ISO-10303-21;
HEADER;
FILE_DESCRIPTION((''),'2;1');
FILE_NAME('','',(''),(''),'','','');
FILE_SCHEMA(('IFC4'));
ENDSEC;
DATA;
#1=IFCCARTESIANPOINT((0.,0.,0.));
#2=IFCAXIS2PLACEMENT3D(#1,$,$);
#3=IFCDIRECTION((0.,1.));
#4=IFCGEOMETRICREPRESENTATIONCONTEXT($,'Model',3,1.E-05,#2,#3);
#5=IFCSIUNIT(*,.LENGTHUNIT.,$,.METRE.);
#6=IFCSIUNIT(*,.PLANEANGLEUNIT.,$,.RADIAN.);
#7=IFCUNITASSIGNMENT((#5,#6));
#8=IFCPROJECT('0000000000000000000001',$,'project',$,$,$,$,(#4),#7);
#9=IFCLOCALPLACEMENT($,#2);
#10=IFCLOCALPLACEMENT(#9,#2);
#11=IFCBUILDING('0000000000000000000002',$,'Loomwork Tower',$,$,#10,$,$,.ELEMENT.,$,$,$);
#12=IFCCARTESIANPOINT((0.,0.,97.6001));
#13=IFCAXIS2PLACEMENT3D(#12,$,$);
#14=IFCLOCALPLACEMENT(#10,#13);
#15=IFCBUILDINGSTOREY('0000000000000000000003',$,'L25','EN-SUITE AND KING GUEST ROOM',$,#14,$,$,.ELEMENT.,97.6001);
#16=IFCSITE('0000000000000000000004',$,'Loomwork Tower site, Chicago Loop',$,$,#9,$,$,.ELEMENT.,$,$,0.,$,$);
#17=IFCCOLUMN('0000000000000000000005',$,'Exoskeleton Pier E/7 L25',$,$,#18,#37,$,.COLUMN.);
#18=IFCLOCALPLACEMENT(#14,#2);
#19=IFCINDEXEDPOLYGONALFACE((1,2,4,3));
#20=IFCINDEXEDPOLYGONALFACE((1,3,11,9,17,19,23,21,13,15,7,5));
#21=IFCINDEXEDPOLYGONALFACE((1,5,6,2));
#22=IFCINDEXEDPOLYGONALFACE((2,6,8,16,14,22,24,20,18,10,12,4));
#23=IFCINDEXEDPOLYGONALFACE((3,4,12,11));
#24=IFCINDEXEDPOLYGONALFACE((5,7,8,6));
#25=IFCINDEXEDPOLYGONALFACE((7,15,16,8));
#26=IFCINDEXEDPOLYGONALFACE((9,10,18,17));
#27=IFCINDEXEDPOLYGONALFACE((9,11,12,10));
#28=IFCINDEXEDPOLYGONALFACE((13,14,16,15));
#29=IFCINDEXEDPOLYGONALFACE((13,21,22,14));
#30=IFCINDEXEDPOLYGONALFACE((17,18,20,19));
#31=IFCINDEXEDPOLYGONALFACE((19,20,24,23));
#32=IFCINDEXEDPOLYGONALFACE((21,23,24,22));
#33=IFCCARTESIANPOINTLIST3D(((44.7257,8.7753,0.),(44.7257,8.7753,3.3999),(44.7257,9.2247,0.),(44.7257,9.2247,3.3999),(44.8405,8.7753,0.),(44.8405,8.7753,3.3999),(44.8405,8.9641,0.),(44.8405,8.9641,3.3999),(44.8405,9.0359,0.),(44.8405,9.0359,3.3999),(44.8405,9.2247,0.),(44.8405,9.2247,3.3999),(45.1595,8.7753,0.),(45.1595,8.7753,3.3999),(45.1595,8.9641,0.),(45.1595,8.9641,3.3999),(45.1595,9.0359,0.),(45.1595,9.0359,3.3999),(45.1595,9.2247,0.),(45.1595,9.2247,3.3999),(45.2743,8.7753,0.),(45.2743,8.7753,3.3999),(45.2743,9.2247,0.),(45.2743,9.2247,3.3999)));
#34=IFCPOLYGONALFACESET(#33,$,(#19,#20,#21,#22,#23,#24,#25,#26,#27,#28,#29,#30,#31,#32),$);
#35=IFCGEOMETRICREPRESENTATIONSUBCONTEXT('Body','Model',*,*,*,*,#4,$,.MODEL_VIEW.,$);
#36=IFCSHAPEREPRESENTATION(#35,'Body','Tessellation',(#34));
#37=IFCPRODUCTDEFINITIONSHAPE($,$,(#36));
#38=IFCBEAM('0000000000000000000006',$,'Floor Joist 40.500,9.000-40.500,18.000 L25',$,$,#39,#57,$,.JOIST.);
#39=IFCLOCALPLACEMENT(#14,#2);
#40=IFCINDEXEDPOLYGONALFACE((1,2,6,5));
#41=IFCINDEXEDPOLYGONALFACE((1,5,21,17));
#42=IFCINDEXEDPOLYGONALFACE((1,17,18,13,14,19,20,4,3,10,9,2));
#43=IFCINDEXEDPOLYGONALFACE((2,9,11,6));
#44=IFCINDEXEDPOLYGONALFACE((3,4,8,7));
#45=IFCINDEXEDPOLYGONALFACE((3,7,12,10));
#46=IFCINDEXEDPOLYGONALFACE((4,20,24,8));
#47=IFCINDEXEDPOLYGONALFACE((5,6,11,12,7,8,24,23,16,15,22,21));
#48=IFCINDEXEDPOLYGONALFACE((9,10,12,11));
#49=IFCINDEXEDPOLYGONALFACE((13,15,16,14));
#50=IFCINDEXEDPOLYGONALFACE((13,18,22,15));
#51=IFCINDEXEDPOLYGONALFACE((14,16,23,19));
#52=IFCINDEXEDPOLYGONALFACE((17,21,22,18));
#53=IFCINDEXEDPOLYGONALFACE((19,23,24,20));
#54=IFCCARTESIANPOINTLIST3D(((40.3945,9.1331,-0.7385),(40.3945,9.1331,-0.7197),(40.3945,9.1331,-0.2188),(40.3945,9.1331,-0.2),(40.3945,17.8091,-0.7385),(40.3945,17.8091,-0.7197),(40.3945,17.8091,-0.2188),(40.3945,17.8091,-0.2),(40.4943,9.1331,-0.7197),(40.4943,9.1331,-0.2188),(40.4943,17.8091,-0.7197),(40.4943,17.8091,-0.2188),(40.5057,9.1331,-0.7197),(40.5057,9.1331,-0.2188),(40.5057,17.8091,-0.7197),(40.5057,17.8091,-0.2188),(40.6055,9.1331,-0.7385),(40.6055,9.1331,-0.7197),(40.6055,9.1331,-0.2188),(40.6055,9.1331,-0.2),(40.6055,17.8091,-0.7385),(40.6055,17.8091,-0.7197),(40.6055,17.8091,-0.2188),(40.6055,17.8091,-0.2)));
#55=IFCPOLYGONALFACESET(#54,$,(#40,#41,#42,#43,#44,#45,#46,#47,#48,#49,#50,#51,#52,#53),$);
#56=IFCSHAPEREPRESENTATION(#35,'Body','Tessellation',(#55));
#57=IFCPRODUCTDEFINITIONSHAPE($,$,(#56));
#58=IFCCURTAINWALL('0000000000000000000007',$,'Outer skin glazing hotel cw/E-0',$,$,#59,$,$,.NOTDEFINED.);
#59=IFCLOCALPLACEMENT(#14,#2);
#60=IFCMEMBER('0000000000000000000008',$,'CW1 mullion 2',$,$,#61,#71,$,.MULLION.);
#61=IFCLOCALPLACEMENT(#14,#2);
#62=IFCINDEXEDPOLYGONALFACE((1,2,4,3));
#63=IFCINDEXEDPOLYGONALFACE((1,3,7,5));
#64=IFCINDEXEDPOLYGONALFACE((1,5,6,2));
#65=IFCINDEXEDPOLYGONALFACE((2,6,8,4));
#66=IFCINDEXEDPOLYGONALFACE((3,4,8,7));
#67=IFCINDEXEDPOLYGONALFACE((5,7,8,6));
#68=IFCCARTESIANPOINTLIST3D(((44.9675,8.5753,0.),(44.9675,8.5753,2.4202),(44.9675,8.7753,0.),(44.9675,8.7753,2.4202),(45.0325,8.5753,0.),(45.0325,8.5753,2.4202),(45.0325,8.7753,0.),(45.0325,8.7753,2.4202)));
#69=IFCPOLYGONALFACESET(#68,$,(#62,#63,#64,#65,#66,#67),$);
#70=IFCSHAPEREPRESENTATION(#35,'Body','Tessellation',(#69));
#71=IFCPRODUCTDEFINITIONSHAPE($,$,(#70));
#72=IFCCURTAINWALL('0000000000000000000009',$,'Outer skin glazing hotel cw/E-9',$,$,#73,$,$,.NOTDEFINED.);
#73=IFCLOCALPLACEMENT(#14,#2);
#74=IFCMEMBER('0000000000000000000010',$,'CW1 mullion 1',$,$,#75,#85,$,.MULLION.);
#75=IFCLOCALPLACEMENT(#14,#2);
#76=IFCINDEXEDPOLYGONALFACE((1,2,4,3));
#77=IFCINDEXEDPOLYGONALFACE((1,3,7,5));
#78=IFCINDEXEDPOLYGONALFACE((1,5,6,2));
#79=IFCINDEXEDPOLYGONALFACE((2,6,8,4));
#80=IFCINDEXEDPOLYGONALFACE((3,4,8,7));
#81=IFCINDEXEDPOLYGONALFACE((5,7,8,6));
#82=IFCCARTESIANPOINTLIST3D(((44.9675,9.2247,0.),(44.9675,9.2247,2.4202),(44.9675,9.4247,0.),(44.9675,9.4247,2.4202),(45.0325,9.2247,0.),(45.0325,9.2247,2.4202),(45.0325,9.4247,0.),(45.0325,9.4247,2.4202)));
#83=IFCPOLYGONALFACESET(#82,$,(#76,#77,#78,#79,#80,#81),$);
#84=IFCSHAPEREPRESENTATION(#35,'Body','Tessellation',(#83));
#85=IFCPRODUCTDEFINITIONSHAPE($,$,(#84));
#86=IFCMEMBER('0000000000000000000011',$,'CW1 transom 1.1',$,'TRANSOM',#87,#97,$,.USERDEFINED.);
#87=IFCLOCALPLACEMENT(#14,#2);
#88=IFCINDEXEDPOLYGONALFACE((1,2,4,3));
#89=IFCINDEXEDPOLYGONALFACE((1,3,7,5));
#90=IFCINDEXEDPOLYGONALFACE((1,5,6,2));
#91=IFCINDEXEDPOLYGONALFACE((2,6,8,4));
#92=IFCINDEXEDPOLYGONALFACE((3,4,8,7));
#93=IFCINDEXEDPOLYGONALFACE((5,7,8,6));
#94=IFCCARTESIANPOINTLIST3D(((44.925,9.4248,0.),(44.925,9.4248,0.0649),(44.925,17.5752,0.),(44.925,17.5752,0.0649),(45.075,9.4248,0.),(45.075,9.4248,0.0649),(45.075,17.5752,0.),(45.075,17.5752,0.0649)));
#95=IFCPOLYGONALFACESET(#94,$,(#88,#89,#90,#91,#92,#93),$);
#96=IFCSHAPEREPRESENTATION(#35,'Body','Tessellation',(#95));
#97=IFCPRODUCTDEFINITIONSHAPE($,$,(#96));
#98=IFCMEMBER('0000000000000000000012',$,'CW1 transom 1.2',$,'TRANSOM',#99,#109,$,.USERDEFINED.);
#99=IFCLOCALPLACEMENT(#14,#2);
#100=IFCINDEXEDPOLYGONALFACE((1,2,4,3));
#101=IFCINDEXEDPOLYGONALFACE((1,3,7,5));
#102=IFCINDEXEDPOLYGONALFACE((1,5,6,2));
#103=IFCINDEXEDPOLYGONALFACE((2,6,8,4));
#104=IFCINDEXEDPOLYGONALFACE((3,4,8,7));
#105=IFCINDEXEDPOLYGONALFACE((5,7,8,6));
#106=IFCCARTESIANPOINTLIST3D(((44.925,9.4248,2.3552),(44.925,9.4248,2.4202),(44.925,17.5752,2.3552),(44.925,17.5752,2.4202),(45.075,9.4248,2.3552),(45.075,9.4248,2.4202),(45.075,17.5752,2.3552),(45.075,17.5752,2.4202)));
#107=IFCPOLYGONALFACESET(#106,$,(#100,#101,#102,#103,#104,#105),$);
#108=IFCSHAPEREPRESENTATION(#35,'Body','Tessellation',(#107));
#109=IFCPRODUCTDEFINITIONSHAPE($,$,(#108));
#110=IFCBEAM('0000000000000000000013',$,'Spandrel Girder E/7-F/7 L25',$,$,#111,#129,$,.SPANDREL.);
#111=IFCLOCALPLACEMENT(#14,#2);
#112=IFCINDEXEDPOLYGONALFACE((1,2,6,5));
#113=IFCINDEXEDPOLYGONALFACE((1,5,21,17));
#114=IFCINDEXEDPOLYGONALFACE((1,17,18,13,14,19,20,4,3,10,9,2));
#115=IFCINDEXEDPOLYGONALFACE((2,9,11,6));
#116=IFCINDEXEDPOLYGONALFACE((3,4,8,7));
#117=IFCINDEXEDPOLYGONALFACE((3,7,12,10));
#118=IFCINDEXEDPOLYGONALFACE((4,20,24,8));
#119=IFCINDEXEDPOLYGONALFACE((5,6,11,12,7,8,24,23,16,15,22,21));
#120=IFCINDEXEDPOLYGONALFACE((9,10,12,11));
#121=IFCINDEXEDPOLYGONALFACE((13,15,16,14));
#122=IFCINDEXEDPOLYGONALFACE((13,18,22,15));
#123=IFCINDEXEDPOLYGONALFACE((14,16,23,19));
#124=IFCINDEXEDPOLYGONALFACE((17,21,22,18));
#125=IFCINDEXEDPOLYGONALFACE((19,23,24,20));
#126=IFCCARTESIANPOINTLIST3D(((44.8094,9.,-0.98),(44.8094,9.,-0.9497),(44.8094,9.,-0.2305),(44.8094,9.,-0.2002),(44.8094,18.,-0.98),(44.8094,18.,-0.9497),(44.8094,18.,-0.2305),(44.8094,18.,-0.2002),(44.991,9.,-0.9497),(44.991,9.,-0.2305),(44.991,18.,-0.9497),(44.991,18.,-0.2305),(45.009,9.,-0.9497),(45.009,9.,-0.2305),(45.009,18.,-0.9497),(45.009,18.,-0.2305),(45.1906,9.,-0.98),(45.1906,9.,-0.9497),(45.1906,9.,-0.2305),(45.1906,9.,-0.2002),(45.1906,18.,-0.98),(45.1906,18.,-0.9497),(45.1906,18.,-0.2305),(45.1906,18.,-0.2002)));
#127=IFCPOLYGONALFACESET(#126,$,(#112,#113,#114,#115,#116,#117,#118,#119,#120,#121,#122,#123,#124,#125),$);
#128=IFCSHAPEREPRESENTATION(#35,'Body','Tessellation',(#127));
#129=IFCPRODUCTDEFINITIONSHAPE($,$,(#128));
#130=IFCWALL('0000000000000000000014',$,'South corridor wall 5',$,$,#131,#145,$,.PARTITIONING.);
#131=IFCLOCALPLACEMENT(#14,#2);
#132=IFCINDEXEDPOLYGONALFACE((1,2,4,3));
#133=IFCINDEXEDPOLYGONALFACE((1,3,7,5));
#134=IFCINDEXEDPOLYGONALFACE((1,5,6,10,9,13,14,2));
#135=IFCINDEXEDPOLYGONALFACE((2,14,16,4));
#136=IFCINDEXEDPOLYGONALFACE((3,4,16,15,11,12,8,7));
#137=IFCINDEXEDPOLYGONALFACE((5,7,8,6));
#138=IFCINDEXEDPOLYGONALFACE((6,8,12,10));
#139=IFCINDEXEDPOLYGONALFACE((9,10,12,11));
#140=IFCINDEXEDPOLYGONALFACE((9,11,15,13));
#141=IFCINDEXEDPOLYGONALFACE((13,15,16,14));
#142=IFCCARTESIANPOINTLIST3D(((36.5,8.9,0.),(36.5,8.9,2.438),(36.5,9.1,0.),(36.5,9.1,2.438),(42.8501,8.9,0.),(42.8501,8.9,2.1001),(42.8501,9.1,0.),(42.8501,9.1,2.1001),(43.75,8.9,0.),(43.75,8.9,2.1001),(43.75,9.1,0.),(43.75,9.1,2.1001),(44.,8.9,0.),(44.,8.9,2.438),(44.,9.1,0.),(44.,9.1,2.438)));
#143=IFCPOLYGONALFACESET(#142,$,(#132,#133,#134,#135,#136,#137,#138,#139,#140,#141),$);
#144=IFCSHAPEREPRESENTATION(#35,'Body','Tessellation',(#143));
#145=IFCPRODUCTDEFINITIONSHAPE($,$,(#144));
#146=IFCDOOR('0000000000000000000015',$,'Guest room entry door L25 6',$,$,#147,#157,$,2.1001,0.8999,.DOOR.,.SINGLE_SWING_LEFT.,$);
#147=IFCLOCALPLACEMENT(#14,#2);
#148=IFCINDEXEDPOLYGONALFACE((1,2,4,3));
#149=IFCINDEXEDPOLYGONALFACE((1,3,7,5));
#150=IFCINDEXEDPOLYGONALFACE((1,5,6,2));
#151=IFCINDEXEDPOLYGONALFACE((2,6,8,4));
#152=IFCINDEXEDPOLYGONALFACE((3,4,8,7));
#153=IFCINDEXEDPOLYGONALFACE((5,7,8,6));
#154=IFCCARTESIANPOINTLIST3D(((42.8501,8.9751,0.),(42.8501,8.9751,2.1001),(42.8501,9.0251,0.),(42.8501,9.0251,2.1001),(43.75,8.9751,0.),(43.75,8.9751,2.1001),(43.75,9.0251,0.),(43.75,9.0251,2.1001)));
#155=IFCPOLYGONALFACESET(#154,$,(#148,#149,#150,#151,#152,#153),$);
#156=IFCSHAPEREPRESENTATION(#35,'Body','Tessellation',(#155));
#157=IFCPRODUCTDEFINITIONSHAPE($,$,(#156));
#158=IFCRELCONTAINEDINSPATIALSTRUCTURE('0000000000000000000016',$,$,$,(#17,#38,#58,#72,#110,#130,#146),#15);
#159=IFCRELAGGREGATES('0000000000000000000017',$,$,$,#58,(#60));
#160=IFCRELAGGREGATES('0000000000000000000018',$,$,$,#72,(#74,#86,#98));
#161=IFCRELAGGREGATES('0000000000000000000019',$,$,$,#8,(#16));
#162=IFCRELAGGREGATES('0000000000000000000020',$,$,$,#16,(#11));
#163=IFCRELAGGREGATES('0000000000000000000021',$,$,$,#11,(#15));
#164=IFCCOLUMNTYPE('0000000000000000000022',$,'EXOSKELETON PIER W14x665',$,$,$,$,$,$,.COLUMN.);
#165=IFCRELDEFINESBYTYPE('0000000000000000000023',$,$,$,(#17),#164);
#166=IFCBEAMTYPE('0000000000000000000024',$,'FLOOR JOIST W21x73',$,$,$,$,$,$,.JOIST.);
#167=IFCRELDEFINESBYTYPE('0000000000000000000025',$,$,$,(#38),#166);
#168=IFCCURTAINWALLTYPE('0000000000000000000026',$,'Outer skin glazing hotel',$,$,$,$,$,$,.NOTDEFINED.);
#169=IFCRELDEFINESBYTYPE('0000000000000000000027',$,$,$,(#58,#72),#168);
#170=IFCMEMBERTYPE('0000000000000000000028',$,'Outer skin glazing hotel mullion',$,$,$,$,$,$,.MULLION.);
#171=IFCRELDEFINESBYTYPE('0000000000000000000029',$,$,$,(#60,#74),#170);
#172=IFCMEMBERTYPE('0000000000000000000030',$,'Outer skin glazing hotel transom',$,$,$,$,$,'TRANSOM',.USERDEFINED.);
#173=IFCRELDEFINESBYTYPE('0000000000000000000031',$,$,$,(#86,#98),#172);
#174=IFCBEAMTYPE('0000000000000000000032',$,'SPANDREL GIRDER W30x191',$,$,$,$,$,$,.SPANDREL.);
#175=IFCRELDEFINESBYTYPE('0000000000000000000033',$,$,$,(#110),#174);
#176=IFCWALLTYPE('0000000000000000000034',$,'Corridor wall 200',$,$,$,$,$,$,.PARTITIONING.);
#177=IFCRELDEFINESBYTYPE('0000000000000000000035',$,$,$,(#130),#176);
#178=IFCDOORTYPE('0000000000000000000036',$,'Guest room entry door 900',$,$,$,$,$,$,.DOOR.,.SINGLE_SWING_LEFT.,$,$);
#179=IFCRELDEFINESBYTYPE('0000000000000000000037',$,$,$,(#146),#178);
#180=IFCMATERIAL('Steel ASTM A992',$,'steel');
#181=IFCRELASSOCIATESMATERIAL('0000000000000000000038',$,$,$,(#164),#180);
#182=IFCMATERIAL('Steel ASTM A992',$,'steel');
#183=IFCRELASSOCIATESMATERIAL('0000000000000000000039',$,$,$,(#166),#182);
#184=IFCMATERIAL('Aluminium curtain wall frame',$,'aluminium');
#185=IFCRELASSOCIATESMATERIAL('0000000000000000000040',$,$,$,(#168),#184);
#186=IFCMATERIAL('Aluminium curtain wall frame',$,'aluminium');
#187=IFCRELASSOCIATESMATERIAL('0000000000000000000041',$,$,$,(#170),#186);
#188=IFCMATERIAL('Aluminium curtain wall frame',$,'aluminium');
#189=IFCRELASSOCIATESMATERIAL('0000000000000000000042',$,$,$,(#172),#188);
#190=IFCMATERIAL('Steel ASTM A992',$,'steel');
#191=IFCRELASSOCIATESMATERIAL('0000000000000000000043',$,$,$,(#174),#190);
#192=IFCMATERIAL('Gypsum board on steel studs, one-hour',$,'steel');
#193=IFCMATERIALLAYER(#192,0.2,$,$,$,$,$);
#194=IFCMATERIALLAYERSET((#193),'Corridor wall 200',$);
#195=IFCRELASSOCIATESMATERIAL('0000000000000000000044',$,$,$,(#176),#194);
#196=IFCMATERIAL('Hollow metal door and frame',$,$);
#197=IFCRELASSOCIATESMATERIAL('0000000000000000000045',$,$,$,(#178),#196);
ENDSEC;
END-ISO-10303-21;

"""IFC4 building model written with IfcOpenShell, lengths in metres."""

from ifc_helpers import new_model, si_unit, direction, frame, frame_2d, origin, origin_2d, place, context, subcontext, project, spatial, rectangle, i_section, extrude, material, layer, layer_set, material_profile, profile_set, type_object, element, fill, aggregate, save


model = new_model("IFC4")

# Units and contexts
model_context = context("Model", 3, precision=1e-05, world=origin(), true_north=direction((0.0, 1.0)))
body_context = subcontext(model_context, "Body", "Model", "MODEL_VIEW")
ifc_project = project(units=[si_unit("LENGTHUNIT", "METRE"), si_unit("PLANEANGLEUNIT", "RADIAN")], contexts=[model_context])

# Site, building, storey
site_placement = place(None, origin())
site = spatial("IfcSite", under=ifc_project, at=site_placement, Name="Loomwork Tower site, Chicago Loop", CompositionType="ELEMENT", RefElevation=0.0)
building_placement = place(site_placement, origin())
building = spatial("IfcBuilding", under=site, at=building_placement, Name="Loomwork Tower", CompositionType="ELEMENT")
storey_placement = place(building_placement, frame((0.0, 0.0, 97.6001)))
storey = spatial("IfcBuildingStorey", under=building, at=storey_placement, Name="L25", Description="EN-SUITE AND KING GUEST ROOM", CompositionType="ELEMENT", Elevation=97.6001)

# Column
ifc_material_1 = material(Name="Steel ASTM A992", Category="steel")
ifc_material_profile_1 = material_profile(ifc_material_1, i_section(OverallWidth=0.4495, OverallDepth=0.5486, WebThickness=0.0718, FlangeThickness=0.1147, at=origin_2d()), Name="W14x665")
ifc_profile_set_1 = profile_set([ifc_material_profile_1], Name="Steel ASTM A992")
column_type = type_object("IfcColumnType", Name="EXOSKELETON PIER W14x665", PredefinedType="COLUMN", material=ifc_profile_set_1)
column_placement = place(storey_placement, frame((45.0, 9.0, 0.0), z_axis=(0.0, 0.0, 1.0), x_axis=(0.0, 1.0, 0.0)))
element("IfcColumn", 1, at=column_placement, inside=storey, type_object=column_type, Name="Exoskeleton Pier E/7 L25", PredefinedType="COLUMN", context=body_context, shape_type="SweptSolid", body=[
    extrude(i_section(OverallWidth=0.4495, OverallDepth=0.5486, WebThickness=0.0718, FlangeThickness=0.1147, at=origin_2d()), origin(), (0.0, 0.0, 1.0), 3.3999),
])

# Beam
ifc_material_2 = material(Name="Steel ASTM A992", Category="steel")
ifc_material_profile_2 = material_profile(ifc_material_2, i_section(OverallWidth=0.2109, OverallDepth=0.5386, WebThickness=0.0115, FlangeThickness=0.0188, at=origin_2d()), Name="W21x73")
ifc_profile_set_2 = profile_set([ifc_material_profile_2], Name="Steel ASTM A992")
beam_type_1 = type_object("IfcBeamType", Name="FLOOR JOIST W21x73", PredefinedType="JOIST", material=ifc_profile_set_2)
beam_1_placement = place(storey_placement, frame((40.5, 9.1331, -0.4692), z_axis=(0.0, 1.0, 0.0), x_axis=(-1.0, 0.0, 0.0)))
element("IfcBeam", 2, at=beam_1_placement, inside=storey, type_object=beam_type_1, Name="Floor Joist 40.500,9.000-40.500,18.000 L25", PredefinedType="JOIST", context=body_context, shape_type="SweptSolid", body=[
    extrude(i_section(OverallWidth=0.2109, OverallDepth=0.5386, WebThickness=0.0115, FlangeThickness=0.0188, at=origin_2d()), origin(), (0.0, 0.0, 1.0), 8.676),
])

# Curtain wall, member
ifc_material_3 = material(Name="Aluminium curtain wall frame", Category="aluminium")
curtain_wall_type = type_object("IfcCurtainWallType", Name="Outer skin glazing hotel", PredefinedType="NOTDEFINED", material=ifc_material_3)
curtain_wall_1_placement = place(storey_placement, origin())
curtain_wall_1 = element("IfcCurtainWall", 3, at=curtain_wall_1_placement, inside=storey, type_object=curtain_wall_type, Name="Outer skin glazing hotel cw/E-0", PredefinedType="NOTDEFINED")
ifc_material_4 = material(Name="Aluminium curtain wall frame", Category="aluminium")
ifc_material_profile_3 = material_profile(ifc_material_4, rectangle(XDim=0.0649, YDim=0.2, at=origin_2d()), Name="AL 65x200")
ifc_profile_set_3 = profile_set([ifc_material_profile_3], Name="Aluminium curtain wall frame")
member_type_1 = type_object("IfcMemberType", Name="Outer skin glazing hotel mullion", PredefinedType="MULLION", material=ifc_profile_set_3)
member_1_placement = place(storey_placement, frame((45.0, 8.6753, 0.0), z_axis=(0.0, 0.0, 1.0), x_axis=(-1.0, 0.0, 0.0)))
member_1 = element("IfcMember", 4, at=member_1_placement, type_object=member_type_1, Name="CW1 mullion 2", PredefinedType="MULLION", context=body_context, shape_type="SweptSolid", body=[
    extrude(rectangle(XDim=0.0649, YDim=0.2, at=origin_2d()), origin(), (0.0, 0.0, 1.0), 2.4202),
])
aggregate(curtain_wall_1, [member_1])

# Curtain wall, members
curtain_wall_2_placement = place(storey_placement, origin())
curtain_wall_2 = element("IfcCurtainWall", 5, at=curtain_wall_2_placement, inside=storey, type_object=curtain_wall_type, Name="Outer skin glazing hotel cw/E-9", PredefinedType="NOTDEFINED")
member_2_placement = place(storey_placement, frame((45.0, 9.3247, 0.0), z_axis=(0.0, 0.0, 1.0), x_axis=(-1.0, 0.0, 0.0)))
member_2 = element("IfcMember", 6, at=member_2_placement, type_object=member_type_1, Name="CW1 mullion 1", PredefinedType="MULLION", context=body_context, shape_type="SweptSolid", body=[
    extrude(rectangle(XDim=0.0649, YDim=0.2, at=origin_2d()), origin(), (0.0, 0.0, 1.0), 2.4202),
])
ifc_material_5 = material(Name="Aluminium curtain wall frame", Category="aluminium")
ifc_material_profile_4 = material_profile(ifc_material_5, rectangle(XDim=0.1499, YDim=0.0649, at=origin_2d()), Name="AL 65x150")
ifc_profile_set_4 = profile_set([ifc_material_profile_4], Name="Aluminium curtain wall frame")
member_type_2 = type_object("IfcMemberType", Name="Outer skin glazing hotel transom", ElementType="TRANSOM", PredefinedType="USERDEFINED", material=ifc_profile_set_4)
member_3_placement = place(storey_placement, frame((45.0, 9.4248, 0.0325), z_axis=(0.0, 1.0, 0.0), x_axis=(-1.0, 0.0, 0.0)))
member_3 = element("IfcMember", 7, at=member_3_placement, type_object=member_type_2, Name="CW1 transom 1.1", ObjectType="TRANSOM", PredefinedType="USERDEFINED", context=body_context, shape_type="SweptSolid", body=[
    extrude(rectangle(XDim=0.1499, YDim=0.0649, at=origin_2d()), origin(), (0.0, 0.0, 1.0), 8.1504),
])
member_4_placement = place(storey_placement, frame((45.0, 9.4248, 2.3877), z_axis=(0.0, 1.0, 0.0), x_axis=(-1.0, 0.0, 0.0)))
member_4 = element("IfcMember", 8, at=member_4_placement, type_object=member_type_2, Name="CW1 transom 1.2", ObjectType="TRANSOM", PredefinedType="USERDEFINED", context=body_context, shape_type="SweptSolid", body=[
    extrude(rectangle(XDim=0.1499, YDim=0.0649, at=origin_2d()), origin(), (0.0, 0.0, 1.0), 8.1504),
])
aggregate(curtain_wall_2, [member_2, member_3, member_4])

# Beam
ifc_material_6 = material(Name="Steel ASTM A992", Category="steel")
ifc_material_profile_5 = material_profile(ifc_material_6, i_section(OverallWidth=0.3811, OverallDepth=0.7798, WebThickness=0.0181, FlangeThickness=0.0303, at=origin_2d()), Name="W30x191")
ifc_profile_set_5 = profile_set([ifc_material_profile_5], Name="Steel ASTM A992")
beam_type_2 = type_object("IfcBeamType", Name="SPANDREL GIRDER W30x191", PredefinedType="SPANDREL", material=ifc_profile_set_5)
beam_2_placement = place(storey_placement, frame((45.0, 9.0, -0.5901), z_axis=(0.0, 1.0, 0.0), x_axis=(-1.0, 0.0, 0.0)))
element("IfcBeam", 9, at=beam_2_placement, inside=storey, type_object=beam_type_2, Name="Spandrel Girder E/7-F/7 L25", PredefinedType="SPANDREL", context=body_context, shape_type="SweptSolid", body=[
    extrude(i_section(OverallWidth=0.3811, OverallDepth=0.7798, WebThickness=0.0181, FlangeThickness=0.0303, at=origin_2d()), origin(), (0.0, 0.0, 1.0), 9.0),
])

# Wall, opening, door
ifc_material_7 = material(Name="Gypsum board on steel studs, one-hour", Category="steel")
ifc_layer_1 = layer(ifc_material_7, 0.2)
ifc_layer_set_1 = layer_set([ifc_layer_1], Name="Corridor wall 200")
wall_type_1 = type_object("IfcWallType", Name="Corridor wall 200", PredefinedType="PARTITIONING", material=ifc_layer_set_1)
wall_1_placement = place(storey_placement, frame((36.5, 9.0, 0.0), z_axis=(0.0, 0.0, 1.0), x_axis=(1.0, 0.0, 0.0)))
wall_1 = element("IfcWall", 10, at=wall_1_placement, inside=storey, type_object=wall_type_1, Name="South corridor wall 5", PredefinedType="PARTITIONING", context=body_context, shape_type="SweptSolid", body=[
    extrude(rectangle(XDim=7.5, YDim=0.2, at=frame_2d((3.75, 0.0))), origin(), (0.0, 0.0, 1.0), 2.438),
])
opening_1_placement = place(wall_1_placement, frame((6.3501, 0.0, 0.0)))
opening_1 = element("IfcOpeningElement", 11, at=opening_1_placement, cuts=wall_1, PredefinedType="OPENING", context=body_context, shape_type="SweptSolid", body=[
    extrude(rectangle(XDim=0.8999, YDim=2.1001, at=frame_2d((0.45, 1.05))), frame((0.0, 0.1099, 0.0), z_axis=(0.0, -1.0, 0.0), x_axis=(1.0, 0.0, 0.0)), (0.0, 0.0, 1.0), 0.22),
])
ifc_material_8 = material(Name="Hollow metal door and frame")
door_type_1 = type_object("IfcDoorType", Name="Guest room entry door 900", OperationType="SINGLE_SWING_LEFT", PredefinedType="DOOR", material=ifc_material_8)
door_1_placement = place(opening_1_placement, frame((0.8999, 0.0, 0.0), z_axis=(0.0, 0.0, 1.0), x_axis=(-1.0, 0.0, 0.0)))
door_1 = element("IfcDoor", 12, at=door_1_placement, inside=storey, type_object=door_type_1, Name="Guest room entry door L25 6", OperationType="SINGLE_SWING_LEFT", OverallHeight=2.1001, OverallWidth=0.8999, PredefinedType="DOOR", context=body_context, shape_type="SweptSolid", body=[
    extrude(rectangle(XDim=0.8999, YDim=2.1001, at=frame_2d((0.45, 1.05))), frame((0.0, 0.0249, 0.0), z_axis=(0.0, -1.0, 0.0), x_axis=(1.0, 0.0, 0.0)), (0.0, 0.0, 1.0), 0.05),
])
fill(opening_1, door_1)

save(model, "model.ifc")
